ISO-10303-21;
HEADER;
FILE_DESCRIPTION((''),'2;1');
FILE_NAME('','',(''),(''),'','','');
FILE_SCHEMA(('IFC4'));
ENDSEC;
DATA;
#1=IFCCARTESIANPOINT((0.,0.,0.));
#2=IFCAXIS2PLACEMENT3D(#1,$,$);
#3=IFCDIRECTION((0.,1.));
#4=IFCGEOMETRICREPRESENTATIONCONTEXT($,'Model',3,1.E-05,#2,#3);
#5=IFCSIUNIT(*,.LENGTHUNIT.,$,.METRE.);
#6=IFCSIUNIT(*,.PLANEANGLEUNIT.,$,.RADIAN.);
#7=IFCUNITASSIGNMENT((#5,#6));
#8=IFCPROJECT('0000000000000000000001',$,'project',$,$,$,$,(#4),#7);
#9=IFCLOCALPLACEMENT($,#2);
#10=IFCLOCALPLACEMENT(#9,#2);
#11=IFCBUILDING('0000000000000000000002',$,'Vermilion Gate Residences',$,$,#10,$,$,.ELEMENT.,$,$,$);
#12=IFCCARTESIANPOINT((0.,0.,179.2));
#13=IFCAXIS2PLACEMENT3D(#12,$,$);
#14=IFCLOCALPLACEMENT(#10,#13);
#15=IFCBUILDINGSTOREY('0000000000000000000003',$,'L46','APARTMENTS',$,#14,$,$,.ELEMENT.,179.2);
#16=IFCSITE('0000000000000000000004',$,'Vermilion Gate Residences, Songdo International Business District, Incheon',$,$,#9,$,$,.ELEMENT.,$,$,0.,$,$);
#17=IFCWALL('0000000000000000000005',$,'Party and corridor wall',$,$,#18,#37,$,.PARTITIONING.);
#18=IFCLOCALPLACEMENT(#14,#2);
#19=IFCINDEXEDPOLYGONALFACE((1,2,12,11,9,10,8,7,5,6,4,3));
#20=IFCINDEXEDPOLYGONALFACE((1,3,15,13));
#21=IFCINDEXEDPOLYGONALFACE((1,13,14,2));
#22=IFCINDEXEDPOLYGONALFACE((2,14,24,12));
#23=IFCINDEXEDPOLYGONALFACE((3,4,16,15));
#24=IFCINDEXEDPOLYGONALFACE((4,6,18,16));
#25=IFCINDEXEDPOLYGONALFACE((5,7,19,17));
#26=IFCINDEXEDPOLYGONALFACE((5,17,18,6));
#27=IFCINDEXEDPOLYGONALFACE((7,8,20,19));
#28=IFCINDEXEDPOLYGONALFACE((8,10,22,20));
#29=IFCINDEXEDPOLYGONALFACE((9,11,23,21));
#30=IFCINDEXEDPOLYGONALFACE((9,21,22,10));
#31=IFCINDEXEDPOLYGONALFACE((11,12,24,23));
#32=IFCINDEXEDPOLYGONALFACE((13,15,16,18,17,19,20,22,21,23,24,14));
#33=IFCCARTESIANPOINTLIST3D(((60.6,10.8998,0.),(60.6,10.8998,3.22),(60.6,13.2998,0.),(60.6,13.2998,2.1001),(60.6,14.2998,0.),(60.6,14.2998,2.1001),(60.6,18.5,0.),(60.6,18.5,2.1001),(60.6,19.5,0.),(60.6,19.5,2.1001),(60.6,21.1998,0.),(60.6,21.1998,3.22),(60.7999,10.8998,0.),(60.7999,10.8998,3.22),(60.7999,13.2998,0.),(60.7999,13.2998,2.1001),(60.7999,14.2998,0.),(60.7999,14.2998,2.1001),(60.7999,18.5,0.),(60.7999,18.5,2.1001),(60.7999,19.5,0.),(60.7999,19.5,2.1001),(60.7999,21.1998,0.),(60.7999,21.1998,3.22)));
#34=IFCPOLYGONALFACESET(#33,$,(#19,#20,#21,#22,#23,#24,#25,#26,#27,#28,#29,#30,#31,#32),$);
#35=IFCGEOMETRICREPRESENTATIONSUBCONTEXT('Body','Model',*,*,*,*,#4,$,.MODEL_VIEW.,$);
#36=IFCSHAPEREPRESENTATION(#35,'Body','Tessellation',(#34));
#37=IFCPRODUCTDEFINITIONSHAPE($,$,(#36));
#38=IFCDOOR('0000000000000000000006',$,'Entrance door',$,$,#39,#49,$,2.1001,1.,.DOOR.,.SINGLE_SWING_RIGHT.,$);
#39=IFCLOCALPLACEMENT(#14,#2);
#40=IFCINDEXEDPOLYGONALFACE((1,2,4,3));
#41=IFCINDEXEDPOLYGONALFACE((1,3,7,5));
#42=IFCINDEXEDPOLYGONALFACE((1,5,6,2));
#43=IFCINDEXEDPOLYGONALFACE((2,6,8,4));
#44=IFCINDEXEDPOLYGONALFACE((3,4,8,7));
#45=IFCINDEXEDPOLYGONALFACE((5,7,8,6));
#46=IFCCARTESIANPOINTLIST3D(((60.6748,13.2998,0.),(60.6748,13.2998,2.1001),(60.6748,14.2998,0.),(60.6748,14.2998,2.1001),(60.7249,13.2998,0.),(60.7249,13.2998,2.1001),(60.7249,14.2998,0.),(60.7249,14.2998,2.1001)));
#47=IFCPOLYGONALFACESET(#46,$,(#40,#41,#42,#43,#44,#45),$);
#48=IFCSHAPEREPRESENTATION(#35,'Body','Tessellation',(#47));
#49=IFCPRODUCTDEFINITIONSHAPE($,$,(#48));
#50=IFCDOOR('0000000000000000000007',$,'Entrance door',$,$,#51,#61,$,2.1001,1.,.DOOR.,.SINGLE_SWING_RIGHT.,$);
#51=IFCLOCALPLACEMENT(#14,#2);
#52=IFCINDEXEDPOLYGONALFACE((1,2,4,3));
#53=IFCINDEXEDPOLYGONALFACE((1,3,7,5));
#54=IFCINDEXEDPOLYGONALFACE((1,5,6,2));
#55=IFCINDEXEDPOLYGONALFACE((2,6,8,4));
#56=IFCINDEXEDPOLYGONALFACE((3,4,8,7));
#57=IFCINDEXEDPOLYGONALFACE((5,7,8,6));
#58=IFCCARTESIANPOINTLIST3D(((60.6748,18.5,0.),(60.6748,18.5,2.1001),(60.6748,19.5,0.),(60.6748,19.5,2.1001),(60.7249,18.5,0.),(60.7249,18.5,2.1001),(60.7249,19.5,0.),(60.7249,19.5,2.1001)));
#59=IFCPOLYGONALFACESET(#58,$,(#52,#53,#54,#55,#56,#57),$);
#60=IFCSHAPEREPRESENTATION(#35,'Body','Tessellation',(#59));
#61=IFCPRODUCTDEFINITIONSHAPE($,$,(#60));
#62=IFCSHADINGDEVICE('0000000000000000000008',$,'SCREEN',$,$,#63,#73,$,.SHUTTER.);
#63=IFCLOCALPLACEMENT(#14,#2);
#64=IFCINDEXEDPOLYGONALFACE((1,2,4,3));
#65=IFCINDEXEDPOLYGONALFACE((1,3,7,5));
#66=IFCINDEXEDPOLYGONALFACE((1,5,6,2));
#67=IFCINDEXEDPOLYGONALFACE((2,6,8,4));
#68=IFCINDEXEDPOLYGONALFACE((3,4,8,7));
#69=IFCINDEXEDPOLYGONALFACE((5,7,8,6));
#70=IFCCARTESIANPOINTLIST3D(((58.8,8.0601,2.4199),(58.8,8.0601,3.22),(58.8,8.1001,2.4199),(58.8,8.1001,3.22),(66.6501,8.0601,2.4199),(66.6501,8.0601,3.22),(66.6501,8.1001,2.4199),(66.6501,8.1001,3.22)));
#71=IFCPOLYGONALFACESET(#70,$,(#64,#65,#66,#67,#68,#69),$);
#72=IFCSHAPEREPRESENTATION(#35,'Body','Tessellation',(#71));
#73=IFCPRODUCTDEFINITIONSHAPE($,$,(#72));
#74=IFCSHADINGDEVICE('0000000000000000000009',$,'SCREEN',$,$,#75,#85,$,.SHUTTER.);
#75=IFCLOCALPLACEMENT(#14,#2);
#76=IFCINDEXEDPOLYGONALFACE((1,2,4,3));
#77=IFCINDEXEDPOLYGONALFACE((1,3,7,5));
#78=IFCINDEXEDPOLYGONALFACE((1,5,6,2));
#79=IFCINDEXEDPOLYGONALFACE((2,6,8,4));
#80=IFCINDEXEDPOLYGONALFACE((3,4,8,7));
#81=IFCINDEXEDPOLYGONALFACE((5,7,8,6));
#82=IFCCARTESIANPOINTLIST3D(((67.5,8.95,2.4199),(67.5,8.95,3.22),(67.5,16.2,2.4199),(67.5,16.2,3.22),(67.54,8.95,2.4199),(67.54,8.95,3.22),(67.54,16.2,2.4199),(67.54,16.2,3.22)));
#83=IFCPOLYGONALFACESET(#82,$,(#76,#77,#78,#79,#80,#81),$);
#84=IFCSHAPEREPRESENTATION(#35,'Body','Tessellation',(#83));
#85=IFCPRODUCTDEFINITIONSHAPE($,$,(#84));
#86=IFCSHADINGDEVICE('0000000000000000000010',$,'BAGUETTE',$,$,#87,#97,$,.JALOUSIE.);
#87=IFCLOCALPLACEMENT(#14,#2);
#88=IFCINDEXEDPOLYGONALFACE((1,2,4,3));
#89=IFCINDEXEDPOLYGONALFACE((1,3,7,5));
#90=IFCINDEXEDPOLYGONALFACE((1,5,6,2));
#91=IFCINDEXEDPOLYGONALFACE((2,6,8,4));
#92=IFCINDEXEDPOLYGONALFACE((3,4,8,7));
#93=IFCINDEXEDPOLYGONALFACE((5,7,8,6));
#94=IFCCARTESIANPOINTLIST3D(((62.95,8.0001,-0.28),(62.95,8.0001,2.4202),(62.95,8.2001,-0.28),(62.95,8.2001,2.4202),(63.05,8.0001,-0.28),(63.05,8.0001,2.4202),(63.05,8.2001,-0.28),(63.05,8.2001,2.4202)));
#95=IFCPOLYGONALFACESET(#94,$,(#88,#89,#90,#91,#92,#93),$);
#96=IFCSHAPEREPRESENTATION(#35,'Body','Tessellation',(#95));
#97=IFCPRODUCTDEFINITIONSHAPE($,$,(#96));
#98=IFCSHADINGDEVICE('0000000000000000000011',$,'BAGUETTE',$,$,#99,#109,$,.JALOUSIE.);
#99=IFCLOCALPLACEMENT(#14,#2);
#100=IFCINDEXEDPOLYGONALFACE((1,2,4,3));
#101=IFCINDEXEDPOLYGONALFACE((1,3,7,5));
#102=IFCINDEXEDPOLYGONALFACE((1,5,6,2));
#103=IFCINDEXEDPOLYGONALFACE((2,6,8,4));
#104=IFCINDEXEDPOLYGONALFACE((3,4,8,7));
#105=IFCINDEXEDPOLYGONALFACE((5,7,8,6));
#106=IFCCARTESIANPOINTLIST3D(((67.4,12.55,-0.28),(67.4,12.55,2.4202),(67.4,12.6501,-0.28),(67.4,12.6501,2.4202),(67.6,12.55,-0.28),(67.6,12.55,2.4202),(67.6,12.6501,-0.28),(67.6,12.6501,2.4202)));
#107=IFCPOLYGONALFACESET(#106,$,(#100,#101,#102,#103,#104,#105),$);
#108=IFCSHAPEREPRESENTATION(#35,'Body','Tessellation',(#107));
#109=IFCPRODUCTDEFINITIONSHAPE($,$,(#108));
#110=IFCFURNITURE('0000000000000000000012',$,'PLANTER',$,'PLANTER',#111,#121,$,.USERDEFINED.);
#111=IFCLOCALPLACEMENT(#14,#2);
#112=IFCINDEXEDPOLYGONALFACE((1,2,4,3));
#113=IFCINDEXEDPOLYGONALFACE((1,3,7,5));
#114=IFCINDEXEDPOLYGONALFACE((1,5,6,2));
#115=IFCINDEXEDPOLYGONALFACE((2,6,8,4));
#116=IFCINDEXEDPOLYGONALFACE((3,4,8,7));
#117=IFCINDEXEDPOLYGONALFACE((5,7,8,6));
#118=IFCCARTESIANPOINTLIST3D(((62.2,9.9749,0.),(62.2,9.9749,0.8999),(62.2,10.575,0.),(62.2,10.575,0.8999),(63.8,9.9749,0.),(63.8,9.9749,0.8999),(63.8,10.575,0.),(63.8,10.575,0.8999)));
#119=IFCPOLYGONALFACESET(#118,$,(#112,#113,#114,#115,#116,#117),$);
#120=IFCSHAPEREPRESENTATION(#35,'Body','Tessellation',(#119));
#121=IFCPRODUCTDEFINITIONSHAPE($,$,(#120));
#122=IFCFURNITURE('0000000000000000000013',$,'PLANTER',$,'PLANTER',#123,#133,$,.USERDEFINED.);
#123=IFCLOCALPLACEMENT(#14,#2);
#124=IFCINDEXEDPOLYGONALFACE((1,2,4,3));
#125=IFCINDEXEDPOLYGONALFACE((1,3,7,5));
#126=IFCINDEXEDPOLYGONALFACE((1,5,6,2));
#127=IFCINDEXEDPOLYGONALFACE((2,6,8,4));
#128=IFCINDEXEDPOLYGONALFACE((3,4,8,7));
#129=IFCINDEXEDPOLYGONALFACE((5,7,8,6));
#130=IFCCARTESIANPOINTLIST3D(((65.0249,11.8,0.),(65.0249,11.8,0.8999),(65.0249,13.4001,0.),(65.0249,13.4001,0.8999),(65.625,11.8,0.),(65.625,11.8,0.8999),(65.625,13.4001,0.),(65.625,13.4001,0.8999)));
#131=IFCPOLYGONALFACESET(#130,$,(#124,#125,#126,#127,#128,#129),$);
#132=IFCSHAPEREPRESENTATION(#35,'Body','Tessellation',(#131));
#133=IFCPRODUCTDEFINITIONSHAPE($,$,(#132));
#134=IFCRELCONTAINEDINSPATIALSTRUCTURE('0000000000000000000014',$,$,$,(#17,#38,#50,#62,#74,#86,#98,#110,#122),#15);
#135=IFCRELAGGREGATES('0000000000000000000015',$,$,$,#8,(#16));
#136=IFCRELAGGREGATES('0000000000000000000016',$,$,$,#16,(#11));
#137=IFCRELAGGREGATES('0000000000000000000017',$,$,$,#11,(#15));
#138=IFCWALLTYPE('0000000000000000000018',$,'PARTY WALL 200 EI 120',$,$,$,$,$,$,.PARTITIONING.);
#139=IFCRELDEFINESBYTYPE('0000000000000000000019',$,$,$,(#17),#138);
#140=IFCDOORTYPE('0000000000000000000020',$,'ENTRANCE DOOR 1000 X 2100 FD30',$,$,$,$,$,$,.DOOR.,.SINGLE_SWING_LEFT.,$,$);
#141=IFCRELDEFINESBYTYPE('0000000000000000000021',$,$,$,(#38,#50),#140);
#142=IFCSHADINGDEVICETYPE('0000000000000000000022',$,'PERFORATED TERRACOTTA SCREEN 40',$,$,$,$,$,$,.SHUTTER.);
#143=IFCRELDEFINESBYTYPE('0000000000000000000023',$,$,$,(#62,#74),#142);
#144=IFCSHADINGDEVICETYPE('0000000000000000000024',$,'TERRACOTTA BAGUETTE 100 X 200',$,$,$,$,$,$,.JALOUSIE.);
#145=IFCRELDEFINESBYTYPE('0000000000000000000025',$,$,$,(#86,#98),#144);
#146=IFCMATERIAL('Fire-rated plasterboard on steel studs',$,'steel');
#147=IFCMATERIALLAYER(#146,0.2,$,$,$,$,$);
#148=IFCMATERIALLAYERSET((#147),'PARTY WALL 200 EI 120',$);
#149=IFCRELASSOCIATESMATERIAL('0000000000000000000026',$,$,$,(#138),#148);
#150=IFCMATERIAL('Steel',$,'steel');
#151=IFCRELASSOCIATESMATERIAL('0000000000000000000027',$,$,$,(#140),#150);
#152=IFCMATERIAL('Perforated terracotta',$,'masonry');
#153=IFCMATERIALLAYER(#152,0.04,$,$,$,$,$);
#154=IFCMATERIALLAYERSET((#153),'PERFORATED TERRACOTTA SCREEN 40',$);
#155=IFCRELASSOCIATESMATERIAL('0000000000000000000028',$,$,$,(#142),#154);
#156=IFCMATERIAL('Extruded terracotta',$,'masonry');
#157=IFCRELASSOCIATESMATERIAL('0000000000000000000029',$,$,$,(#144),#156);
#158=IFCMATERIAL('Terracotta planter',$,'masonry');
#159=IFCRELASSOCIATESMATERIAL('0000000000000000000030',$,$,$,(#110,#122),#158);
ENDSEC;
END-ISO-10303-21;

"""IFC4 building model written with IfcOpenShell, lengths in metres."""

from ifc_helpers import new_model, si_unit, direction, frame, frame_2d, origin, origin_2d, place, context, subcontext, project, spatial, rectangle, extrude, material, layer, layer_set, material_profile, profile_set, type_object, element, fill, save


model = new_model("IFC4")

# Units and contexts
model_context = context("Model", 3, precision=1e-05, world=origin(), true_north=direction((0.0, 1.0)))
body_context = subcontext(model_context, "Body", "Model", "MODEL_VIEW")
ifc_project = project(units=[si_unit("LENGTHUNIT", "METRE"), si_unit("PLANEANGLEUNIT", "RADIAN")], contexts=[model_context])

# Site, building, storey
site_placement = place(None, origin())
site = spatial("IfcSite", under=ifc_project, at=site_placement, Name="Vermilion Gate Residences, Songdo International Business District, Incheon", CompositionType="ELEMENT", RefElevation=0.0)
building_placement = place(site_placement, origin())
building = spatial("IfcBuilding", under=site, at=building_placement, Name="Vermilion Gate Residences", CompositionType="ELEMENT")
storey_placement = place(building_placement, frame((0.0, 0.0, 179.2)))
storey = spatial("IfcBuildingStorey", under=building, at=storey_placement, Name="L46", Description="APARTMENTS", CompositionType="ELEMENT", Elevation=179.2)

# Shared definitions
ifc_material_1 = material(Name="Fire-rated plasterboard on steel studs", Category="steel")
ifc_layer_1 = layer(ifc_material_1, 0.2)
ifc_layer_set_1 = layer_set([ifc_layer_1], Name="PARTY WALL 200 EI 120")
wall_type_1 = type_object("IfcWallType", Name="PARTY WALL 200 EI 120", PredefinedType="PARTITIONING", material=ifc_layer_set_1)

# Wall, openings, doors
wall_1_placement = place(storey_placement, frame((60.7, 10.8999, 0.0), z_axis=(0.0, 0.0, 1.0), x_axis=(0.0, 1.0, 0.0)))
wall_1 = element("IfcWall", 1, at=wall_1_placement, inside=storey, type_object=wall_type_1, Name="Party and corridor wall", PredefinedType="PARTITIONING", context=body_context, shape_type="SweptSolid", body=[
    extrude(rectangle(XDim=10.3, YDim=0.2, at=frame_2d((5.1499, 0.0))), origin(), (0.0, 0.0, 1.0), 3.22),
])
opening_1_placement = place(wall_1_placement, frame((2.3999, 0.0, 0.0)))
opening_1 = element("IfcOpeningElement", 2, at=opening_1_placement, cuts=wall_1, PredefinedType="OPENING", context=body_context, shape_type="SweptSolid", body=[
    extrude(rectangle(XDim=1.0, YDim=2.1001, at=frame_2d((0.5, 1.05))), frame((0.0, 0.1099, 0.0), z_axis=(0.0, -1.0, 0.0), x_axis=(1.0, 0.0, 0.0)), (0.0, 0.0, 1.0), 0.22),
])
opening_2_placement = place(wall_1_placement, frame((7.6001, 0.0, 0.0)))
opening_2 = element("IfcOpeningElement", 3, at=opening_2_placement, cuts=wall_1, PredefinedType="OPENING", context=body_context, shape_type="SweptSolid", body=[
    extrude(rectangle(XDim=1.0, YDim=2.1001, at=frame_2d((0.5, 1.05))), frame((0.0, 0.1099, 0.0), z_axis=(0.0, -1.0, 0.0), x_axis=(1.0, 0.0, 0.0)), (0.0, 0.0, 1.0), 0.22),
])
ifc_material_2 = material(Name="Steel", Category="steel")
door_type_1 = type_object("IfcDoorType", Name="ENTRANCE DOOR 1000 X 2100 FD30", OperationType="SINGLE_SWING_LEFT", PredefinedType="DOOR", material=ifc_material_2)
door_1_placement = place(opening_1_placement, frame((1.0, 0.0, 0.0), z_axis=(0.0, 0.0, 1.0), x_axis=(-1.0, 0.0, 0.0)))
door_1 = element("IfcDoor", 4, at=door_1_placement, inside=storey, type_object=door_type_1, Name="Entrance door", OperationType="SINGLE_SWING_RIGHT", OverallHeight=2.1001, OverallWidth=1.0, PredefinedType="DOOR", context=body_context, shape_type="SweptSolid", body=[
    extrude(rectangle(XDim=1.0, YDim=2.1001, at=frame_2d((0.5, 1.05))), frame((0.0, 0.0249, 0.0), z_axis=(0.0, -1.0, 0.0), x_axis=(1.0, 0.0, 0.0)), (0.0, 0.0, 1.0), 0.05),
])
fill(opening_1, door_1)
door_2_placement = place(opening_2_placement, frame((1.0, 0.0, 0.0), z_axis=(0.0, 0.0, 1.0), x_axis=(-1.0, 0.0, 0.0)))
door_2 = element("IfcDoor", 5, at=door_2_placement, inside=storey, type_object=door_type_1, Name="Entrance door", OperationType="SINGLE_SWING_RIGHT", OverallHeight=2.1001, OverallWidth=1.0, PredefinedType="DOOR", context=body_context, shape_type="SweptSolid", body=[
    extrude(rectangle(XDim=1.0, YDim=2.1001, at=frame_2d((0.5, 1.05))), frame((0.0, 0.0249, 0.0), z_axis=(0.0, -1.0, 0.0), x_axis=(1.0, 0.0, 0.0)), (0.0, 0.0, 1.0), 0.05),
])
fill(opening_2, door_2)

# Shading devices
ifc_material_3 = material(Name="Perforated terracotta", Category="masonry")
ifc_layer_2 = layer(ifc_material_3, 0.04)
ifc_layer_set_2 = layer_set([ifc_layer_2], Name="PERFORATED TERRACOTTA SCREEN 40")
shading_device_type_1 = type_object("IfcShadingDeviceType", Name="PERFORATED TERRACOTTA SCREEN 40", PredefinedType="SHUTTER", material=ifc_layer_set_2)
shading_device_1_placement = place(storey_placement, frame((62.7251, 8.0801, 2.4199), z_axis=(0.0, 0.0, 1.0), x_axis=(1.0, 0.0, 0.0)))
element("IfcShadingDevice", 6, at=shading_device_1_placement, inside=storey, type_object=shading_device_type_1, Name="SCREEN", PredefinedType="SHUTTER", context=body_context, shape_type="SweptSolid", body=[
    extrude(rectangle(XDim=7.8501, YDim=0.04, at=origin_2d()), origin(), (0.0, 0.0, 1.0), 0.8),
])
shading_device_2_placement = place(storey_placement, frame((67.52, 12.575, 2.4199), z_axis=(0.0, 0.0, 1.0), x_axis=(0.0, 1.0, 0.0)))
element("IfcShadingDevice", 7, at=shading_device_2_placement, inside=storey, type_object=shading_device_type_1, Name="SCREEN", PredefinedType="SHUTTER", context=body_context, shape_type="SweptSolid", body=[
    extrude(rectangle(XDim=7.25, YDim=0.04, at=origin_2d()), origin(), (0.0, 0.0, 1.0), 0.8),
])
ifc_material_4 = material(Name="Extruded terracotta", Category="masonry")
ifc_material_profile_1 = material_profile(ifc_material_4, rectangle(XDim=0.2, YDim=0.1001, at=origin_2d()), Name="BAGUETTE 100 X 200")
ifc_profile_set_1 = profile_set([ifc_material_profile_1], Name="Extruded terracotta")
shading_device_type_2 = type_object("IfcShadingDeviceType", Name="TERRACOTTA BAGUETTE 100 X 200", PredefinedType="JALOUSIE", material=ifc_profile_set_1)
for number, where, z_axis, x_axis, name in (
    (8, (63.0, 8.1001, -0.28), (0.0, 0.0, 1.0), (0.0, 1.0, 0.0), "BAGUETTE"),
    (9, (67.5, 12.6001, -0.28), (0.0, 0.0, 1.0), (-1.0, 0.0, 0.0), "BAGUETTE"),
):
    element("IfcShadingDevice", number, at=place(storey_placement, frame(where, z_axis=z_axis, x_axis=x_axis)), inside=storey, type_object=shading_device_type_2, Name=name, PredefinedType="JALOUSIE", context=body_context, shape_type="SweptSolid", body=[
        extrude(rectangle(XDim=0.2, YDim=0.1001, at=origin_2d()), origin(), (0.0, 0.0, 1.0), 2.7002),
    ])

# Furniture
ifc_material_5 = material(Name="Terracotta planter", Category="masonry")
for number, where, z_axis, x_axis, name in (
    (10, (63.0, 10.2749, 0.0), (0.0, 0.0, 1.0), (1.0, 0.0, 0.0), "PLANTER"),
    (11, (65.325, 12.6001, 0.0), (0.0, 0.0, 1.0), (0.0, 1.0, 0.0), "PLANTER"),
):
    element("IfcFurniture", number, at=place(storey_placement, frame(where, z_axis=z_axis, x_axis=x_axis)), inside=storey, material=ifc_material_5, Name=name, ObjectType="PLANTER", PredefinedType="USERDEFINED", context=body_context, shape_type="SweptSolid", body=[
        extrude(rectangle(XDim=1.6001, YDim=0.6001, at=origin_2d()), origin(), (0.0, 0.0, 1.0), 0.8999),
    ])

save(model, "model.ifc")
